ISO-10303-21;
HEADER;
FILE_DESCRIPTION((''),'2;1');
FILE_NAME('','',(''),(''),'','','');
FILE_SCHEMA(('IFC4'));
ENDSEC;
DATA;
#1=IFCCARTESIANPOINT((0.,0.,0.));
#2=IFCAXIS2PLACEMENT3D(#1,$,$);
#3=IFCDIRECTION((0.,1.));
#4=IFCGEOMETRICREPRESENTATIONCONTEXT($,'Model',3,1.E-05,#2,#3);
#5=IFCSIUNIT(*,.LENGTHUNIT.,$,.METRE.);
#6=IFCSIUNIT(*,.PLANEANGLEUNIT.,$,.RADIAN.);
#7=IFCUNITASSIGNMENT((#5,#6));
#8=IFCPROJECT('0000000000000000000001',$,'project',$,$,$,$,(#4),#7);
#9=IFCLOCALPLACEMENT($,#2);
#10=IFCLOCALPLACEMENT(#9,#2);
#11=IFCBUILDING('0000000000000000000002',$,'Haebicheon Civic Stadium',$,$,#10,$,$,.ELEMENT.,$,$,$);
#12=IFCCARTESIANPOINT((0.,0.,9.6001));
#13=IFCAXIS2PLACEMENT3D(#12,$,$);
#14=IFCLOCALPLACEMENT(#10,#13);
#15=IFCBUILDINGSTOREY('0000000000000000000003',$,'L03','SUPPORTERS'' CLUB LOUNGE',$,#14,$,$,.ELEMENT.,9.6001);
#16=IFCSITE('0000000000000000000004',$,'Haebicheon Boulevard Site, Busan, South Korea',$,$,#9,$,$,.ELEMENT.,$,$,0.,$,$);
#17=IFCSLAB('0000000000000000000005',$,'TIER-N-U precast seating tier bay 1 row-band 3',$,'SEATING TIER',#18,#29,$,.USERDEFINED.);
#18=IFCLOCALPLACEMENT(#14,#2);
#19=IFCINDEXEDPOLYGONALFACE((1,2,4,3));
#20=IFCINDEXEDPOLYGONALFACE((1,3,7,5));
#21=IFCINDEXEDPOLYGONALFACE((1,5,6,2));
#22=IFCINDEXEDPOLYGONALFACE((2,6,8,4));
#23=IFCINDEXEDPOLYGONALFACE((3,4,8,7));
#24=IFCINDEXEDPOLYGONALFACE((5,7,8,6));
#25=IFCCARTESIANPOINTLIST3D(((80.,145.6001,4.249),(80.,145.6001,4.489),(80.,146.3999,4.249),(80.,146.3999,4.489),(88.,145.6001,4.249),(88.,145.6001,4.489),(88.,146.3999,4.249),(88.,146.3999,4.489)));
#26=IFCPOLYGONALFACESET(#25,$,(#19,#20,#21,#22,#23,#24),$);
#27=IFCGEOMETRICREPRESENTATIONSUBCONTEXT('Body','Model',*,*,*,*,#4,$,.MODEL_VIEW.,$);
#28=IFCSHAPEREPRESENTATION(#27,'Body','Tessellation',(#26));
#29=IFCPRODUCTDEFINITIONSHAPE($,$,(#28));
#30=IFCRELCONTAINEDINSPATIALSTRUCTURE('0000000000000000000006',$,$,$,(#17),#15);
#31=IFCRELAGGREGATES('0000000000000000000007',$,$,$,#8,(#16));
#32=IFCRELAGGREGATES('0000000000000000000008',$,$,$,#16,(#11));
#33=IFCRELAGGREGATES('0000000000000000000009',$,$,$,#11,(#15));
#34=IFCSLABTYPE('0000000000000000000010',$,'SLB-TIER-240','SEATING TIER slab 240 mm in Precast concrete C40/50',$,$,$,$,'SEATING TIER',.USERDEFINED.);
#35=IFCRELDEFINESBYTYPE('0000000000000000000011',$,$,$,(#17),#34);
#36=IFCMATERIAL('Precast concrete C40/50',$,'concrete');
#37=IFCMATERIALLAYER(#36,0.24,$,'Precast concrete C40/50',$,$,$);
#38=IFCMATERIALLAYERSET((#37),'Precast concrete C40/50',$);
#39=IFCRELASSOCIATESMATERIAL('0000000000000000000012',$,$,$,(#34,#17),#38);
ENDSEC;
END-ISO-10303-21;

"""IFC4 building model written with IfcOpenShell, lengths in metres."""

from ifc_helpers import new_model, si_unit, direction, frame, origin, place, context, subcontext, project, spatial, polyline, outline, extrude, material, layer, layer_set, type_object, element, save


model = new_model("IFC4")

# Units and contexts
model_context = context("Model", 3, precision=1e-05, world=origin(), true_north=direction((0.0, 1.0)))
body_context = subcontext(model_context, "Body", "Model", "MODEL_VIEW")
ifc_project = project(units=[si_unit("LENGTHUNIT", "METRE"), si_unit("PLANEANGLEUNIT", "RADIAN")], contexts=[model_context])

# Site, building, storey
site_placement = place(None, origin())
site = spatial("IfcSite", under=ifc_project, at=site_placement, Name="Haebicheon Boulevard Site, Busan, South Korea", CompositionType="ELEMENT", RefElevation=0.0)
building_placement = place(site_placement, origin())
building = spatial("IfcBuilding", under=site, at=building_placement, Name="Haebicheon Civic Stadium", CompositionType="ELEMENT")
storey_placement = place(building_placement, frame((0.0, 0.0, 9.6001)))
storey = spatial("IfcBuildingStorey", under=building, at=storey_placement, Name="L03", Description="SUPPORTERS' CLUB LOUNGE", CompositionType="ELEMENT", Elevation=9.6001)

# Slab
ifc_material = material(Name="Precast concrete C40/50", Category="concrete")
ifc_layer = layer(ifc_material, 0.24, Name="Precast concrete C40/50")
ifc_layer_set = layer_set([ifc_layer], Name="Precast concrete C40/50")
slab_type = type_object("IfcSlabType", Name="SLB-TIER-240", Description="SEATING TIER slab 240 mm in Precast concrete C40/50", ElementType="SEATING TIER", PredefinedType="USERDEFINED", material=ifc_layer_set)
slab_1_placement = place(storey_placement, frame((0.0, 0.0, 4.249)))
element("IfcSlab", 1, at=slab_1_placement, inside=storey, type_object=slab_type, material=ifc_layer_set, Name="TIER-N-U precast seating tier bay 1 row-band 3", ObjectType="SEATING TIER", PredefinedType="USERDEFINED", context=body_context, shape_type="SweptSolid", body=[
    extrude(outline(polyline([(80.0, 145.6001), (88.0, 145.6001), (88.0, 146.3999), (80.0, 146.3999), (80.0, 145.6001)])), origin(), (0.0, 0.0, 1.0), 0.24),
])

save(model, "model.ifc")
